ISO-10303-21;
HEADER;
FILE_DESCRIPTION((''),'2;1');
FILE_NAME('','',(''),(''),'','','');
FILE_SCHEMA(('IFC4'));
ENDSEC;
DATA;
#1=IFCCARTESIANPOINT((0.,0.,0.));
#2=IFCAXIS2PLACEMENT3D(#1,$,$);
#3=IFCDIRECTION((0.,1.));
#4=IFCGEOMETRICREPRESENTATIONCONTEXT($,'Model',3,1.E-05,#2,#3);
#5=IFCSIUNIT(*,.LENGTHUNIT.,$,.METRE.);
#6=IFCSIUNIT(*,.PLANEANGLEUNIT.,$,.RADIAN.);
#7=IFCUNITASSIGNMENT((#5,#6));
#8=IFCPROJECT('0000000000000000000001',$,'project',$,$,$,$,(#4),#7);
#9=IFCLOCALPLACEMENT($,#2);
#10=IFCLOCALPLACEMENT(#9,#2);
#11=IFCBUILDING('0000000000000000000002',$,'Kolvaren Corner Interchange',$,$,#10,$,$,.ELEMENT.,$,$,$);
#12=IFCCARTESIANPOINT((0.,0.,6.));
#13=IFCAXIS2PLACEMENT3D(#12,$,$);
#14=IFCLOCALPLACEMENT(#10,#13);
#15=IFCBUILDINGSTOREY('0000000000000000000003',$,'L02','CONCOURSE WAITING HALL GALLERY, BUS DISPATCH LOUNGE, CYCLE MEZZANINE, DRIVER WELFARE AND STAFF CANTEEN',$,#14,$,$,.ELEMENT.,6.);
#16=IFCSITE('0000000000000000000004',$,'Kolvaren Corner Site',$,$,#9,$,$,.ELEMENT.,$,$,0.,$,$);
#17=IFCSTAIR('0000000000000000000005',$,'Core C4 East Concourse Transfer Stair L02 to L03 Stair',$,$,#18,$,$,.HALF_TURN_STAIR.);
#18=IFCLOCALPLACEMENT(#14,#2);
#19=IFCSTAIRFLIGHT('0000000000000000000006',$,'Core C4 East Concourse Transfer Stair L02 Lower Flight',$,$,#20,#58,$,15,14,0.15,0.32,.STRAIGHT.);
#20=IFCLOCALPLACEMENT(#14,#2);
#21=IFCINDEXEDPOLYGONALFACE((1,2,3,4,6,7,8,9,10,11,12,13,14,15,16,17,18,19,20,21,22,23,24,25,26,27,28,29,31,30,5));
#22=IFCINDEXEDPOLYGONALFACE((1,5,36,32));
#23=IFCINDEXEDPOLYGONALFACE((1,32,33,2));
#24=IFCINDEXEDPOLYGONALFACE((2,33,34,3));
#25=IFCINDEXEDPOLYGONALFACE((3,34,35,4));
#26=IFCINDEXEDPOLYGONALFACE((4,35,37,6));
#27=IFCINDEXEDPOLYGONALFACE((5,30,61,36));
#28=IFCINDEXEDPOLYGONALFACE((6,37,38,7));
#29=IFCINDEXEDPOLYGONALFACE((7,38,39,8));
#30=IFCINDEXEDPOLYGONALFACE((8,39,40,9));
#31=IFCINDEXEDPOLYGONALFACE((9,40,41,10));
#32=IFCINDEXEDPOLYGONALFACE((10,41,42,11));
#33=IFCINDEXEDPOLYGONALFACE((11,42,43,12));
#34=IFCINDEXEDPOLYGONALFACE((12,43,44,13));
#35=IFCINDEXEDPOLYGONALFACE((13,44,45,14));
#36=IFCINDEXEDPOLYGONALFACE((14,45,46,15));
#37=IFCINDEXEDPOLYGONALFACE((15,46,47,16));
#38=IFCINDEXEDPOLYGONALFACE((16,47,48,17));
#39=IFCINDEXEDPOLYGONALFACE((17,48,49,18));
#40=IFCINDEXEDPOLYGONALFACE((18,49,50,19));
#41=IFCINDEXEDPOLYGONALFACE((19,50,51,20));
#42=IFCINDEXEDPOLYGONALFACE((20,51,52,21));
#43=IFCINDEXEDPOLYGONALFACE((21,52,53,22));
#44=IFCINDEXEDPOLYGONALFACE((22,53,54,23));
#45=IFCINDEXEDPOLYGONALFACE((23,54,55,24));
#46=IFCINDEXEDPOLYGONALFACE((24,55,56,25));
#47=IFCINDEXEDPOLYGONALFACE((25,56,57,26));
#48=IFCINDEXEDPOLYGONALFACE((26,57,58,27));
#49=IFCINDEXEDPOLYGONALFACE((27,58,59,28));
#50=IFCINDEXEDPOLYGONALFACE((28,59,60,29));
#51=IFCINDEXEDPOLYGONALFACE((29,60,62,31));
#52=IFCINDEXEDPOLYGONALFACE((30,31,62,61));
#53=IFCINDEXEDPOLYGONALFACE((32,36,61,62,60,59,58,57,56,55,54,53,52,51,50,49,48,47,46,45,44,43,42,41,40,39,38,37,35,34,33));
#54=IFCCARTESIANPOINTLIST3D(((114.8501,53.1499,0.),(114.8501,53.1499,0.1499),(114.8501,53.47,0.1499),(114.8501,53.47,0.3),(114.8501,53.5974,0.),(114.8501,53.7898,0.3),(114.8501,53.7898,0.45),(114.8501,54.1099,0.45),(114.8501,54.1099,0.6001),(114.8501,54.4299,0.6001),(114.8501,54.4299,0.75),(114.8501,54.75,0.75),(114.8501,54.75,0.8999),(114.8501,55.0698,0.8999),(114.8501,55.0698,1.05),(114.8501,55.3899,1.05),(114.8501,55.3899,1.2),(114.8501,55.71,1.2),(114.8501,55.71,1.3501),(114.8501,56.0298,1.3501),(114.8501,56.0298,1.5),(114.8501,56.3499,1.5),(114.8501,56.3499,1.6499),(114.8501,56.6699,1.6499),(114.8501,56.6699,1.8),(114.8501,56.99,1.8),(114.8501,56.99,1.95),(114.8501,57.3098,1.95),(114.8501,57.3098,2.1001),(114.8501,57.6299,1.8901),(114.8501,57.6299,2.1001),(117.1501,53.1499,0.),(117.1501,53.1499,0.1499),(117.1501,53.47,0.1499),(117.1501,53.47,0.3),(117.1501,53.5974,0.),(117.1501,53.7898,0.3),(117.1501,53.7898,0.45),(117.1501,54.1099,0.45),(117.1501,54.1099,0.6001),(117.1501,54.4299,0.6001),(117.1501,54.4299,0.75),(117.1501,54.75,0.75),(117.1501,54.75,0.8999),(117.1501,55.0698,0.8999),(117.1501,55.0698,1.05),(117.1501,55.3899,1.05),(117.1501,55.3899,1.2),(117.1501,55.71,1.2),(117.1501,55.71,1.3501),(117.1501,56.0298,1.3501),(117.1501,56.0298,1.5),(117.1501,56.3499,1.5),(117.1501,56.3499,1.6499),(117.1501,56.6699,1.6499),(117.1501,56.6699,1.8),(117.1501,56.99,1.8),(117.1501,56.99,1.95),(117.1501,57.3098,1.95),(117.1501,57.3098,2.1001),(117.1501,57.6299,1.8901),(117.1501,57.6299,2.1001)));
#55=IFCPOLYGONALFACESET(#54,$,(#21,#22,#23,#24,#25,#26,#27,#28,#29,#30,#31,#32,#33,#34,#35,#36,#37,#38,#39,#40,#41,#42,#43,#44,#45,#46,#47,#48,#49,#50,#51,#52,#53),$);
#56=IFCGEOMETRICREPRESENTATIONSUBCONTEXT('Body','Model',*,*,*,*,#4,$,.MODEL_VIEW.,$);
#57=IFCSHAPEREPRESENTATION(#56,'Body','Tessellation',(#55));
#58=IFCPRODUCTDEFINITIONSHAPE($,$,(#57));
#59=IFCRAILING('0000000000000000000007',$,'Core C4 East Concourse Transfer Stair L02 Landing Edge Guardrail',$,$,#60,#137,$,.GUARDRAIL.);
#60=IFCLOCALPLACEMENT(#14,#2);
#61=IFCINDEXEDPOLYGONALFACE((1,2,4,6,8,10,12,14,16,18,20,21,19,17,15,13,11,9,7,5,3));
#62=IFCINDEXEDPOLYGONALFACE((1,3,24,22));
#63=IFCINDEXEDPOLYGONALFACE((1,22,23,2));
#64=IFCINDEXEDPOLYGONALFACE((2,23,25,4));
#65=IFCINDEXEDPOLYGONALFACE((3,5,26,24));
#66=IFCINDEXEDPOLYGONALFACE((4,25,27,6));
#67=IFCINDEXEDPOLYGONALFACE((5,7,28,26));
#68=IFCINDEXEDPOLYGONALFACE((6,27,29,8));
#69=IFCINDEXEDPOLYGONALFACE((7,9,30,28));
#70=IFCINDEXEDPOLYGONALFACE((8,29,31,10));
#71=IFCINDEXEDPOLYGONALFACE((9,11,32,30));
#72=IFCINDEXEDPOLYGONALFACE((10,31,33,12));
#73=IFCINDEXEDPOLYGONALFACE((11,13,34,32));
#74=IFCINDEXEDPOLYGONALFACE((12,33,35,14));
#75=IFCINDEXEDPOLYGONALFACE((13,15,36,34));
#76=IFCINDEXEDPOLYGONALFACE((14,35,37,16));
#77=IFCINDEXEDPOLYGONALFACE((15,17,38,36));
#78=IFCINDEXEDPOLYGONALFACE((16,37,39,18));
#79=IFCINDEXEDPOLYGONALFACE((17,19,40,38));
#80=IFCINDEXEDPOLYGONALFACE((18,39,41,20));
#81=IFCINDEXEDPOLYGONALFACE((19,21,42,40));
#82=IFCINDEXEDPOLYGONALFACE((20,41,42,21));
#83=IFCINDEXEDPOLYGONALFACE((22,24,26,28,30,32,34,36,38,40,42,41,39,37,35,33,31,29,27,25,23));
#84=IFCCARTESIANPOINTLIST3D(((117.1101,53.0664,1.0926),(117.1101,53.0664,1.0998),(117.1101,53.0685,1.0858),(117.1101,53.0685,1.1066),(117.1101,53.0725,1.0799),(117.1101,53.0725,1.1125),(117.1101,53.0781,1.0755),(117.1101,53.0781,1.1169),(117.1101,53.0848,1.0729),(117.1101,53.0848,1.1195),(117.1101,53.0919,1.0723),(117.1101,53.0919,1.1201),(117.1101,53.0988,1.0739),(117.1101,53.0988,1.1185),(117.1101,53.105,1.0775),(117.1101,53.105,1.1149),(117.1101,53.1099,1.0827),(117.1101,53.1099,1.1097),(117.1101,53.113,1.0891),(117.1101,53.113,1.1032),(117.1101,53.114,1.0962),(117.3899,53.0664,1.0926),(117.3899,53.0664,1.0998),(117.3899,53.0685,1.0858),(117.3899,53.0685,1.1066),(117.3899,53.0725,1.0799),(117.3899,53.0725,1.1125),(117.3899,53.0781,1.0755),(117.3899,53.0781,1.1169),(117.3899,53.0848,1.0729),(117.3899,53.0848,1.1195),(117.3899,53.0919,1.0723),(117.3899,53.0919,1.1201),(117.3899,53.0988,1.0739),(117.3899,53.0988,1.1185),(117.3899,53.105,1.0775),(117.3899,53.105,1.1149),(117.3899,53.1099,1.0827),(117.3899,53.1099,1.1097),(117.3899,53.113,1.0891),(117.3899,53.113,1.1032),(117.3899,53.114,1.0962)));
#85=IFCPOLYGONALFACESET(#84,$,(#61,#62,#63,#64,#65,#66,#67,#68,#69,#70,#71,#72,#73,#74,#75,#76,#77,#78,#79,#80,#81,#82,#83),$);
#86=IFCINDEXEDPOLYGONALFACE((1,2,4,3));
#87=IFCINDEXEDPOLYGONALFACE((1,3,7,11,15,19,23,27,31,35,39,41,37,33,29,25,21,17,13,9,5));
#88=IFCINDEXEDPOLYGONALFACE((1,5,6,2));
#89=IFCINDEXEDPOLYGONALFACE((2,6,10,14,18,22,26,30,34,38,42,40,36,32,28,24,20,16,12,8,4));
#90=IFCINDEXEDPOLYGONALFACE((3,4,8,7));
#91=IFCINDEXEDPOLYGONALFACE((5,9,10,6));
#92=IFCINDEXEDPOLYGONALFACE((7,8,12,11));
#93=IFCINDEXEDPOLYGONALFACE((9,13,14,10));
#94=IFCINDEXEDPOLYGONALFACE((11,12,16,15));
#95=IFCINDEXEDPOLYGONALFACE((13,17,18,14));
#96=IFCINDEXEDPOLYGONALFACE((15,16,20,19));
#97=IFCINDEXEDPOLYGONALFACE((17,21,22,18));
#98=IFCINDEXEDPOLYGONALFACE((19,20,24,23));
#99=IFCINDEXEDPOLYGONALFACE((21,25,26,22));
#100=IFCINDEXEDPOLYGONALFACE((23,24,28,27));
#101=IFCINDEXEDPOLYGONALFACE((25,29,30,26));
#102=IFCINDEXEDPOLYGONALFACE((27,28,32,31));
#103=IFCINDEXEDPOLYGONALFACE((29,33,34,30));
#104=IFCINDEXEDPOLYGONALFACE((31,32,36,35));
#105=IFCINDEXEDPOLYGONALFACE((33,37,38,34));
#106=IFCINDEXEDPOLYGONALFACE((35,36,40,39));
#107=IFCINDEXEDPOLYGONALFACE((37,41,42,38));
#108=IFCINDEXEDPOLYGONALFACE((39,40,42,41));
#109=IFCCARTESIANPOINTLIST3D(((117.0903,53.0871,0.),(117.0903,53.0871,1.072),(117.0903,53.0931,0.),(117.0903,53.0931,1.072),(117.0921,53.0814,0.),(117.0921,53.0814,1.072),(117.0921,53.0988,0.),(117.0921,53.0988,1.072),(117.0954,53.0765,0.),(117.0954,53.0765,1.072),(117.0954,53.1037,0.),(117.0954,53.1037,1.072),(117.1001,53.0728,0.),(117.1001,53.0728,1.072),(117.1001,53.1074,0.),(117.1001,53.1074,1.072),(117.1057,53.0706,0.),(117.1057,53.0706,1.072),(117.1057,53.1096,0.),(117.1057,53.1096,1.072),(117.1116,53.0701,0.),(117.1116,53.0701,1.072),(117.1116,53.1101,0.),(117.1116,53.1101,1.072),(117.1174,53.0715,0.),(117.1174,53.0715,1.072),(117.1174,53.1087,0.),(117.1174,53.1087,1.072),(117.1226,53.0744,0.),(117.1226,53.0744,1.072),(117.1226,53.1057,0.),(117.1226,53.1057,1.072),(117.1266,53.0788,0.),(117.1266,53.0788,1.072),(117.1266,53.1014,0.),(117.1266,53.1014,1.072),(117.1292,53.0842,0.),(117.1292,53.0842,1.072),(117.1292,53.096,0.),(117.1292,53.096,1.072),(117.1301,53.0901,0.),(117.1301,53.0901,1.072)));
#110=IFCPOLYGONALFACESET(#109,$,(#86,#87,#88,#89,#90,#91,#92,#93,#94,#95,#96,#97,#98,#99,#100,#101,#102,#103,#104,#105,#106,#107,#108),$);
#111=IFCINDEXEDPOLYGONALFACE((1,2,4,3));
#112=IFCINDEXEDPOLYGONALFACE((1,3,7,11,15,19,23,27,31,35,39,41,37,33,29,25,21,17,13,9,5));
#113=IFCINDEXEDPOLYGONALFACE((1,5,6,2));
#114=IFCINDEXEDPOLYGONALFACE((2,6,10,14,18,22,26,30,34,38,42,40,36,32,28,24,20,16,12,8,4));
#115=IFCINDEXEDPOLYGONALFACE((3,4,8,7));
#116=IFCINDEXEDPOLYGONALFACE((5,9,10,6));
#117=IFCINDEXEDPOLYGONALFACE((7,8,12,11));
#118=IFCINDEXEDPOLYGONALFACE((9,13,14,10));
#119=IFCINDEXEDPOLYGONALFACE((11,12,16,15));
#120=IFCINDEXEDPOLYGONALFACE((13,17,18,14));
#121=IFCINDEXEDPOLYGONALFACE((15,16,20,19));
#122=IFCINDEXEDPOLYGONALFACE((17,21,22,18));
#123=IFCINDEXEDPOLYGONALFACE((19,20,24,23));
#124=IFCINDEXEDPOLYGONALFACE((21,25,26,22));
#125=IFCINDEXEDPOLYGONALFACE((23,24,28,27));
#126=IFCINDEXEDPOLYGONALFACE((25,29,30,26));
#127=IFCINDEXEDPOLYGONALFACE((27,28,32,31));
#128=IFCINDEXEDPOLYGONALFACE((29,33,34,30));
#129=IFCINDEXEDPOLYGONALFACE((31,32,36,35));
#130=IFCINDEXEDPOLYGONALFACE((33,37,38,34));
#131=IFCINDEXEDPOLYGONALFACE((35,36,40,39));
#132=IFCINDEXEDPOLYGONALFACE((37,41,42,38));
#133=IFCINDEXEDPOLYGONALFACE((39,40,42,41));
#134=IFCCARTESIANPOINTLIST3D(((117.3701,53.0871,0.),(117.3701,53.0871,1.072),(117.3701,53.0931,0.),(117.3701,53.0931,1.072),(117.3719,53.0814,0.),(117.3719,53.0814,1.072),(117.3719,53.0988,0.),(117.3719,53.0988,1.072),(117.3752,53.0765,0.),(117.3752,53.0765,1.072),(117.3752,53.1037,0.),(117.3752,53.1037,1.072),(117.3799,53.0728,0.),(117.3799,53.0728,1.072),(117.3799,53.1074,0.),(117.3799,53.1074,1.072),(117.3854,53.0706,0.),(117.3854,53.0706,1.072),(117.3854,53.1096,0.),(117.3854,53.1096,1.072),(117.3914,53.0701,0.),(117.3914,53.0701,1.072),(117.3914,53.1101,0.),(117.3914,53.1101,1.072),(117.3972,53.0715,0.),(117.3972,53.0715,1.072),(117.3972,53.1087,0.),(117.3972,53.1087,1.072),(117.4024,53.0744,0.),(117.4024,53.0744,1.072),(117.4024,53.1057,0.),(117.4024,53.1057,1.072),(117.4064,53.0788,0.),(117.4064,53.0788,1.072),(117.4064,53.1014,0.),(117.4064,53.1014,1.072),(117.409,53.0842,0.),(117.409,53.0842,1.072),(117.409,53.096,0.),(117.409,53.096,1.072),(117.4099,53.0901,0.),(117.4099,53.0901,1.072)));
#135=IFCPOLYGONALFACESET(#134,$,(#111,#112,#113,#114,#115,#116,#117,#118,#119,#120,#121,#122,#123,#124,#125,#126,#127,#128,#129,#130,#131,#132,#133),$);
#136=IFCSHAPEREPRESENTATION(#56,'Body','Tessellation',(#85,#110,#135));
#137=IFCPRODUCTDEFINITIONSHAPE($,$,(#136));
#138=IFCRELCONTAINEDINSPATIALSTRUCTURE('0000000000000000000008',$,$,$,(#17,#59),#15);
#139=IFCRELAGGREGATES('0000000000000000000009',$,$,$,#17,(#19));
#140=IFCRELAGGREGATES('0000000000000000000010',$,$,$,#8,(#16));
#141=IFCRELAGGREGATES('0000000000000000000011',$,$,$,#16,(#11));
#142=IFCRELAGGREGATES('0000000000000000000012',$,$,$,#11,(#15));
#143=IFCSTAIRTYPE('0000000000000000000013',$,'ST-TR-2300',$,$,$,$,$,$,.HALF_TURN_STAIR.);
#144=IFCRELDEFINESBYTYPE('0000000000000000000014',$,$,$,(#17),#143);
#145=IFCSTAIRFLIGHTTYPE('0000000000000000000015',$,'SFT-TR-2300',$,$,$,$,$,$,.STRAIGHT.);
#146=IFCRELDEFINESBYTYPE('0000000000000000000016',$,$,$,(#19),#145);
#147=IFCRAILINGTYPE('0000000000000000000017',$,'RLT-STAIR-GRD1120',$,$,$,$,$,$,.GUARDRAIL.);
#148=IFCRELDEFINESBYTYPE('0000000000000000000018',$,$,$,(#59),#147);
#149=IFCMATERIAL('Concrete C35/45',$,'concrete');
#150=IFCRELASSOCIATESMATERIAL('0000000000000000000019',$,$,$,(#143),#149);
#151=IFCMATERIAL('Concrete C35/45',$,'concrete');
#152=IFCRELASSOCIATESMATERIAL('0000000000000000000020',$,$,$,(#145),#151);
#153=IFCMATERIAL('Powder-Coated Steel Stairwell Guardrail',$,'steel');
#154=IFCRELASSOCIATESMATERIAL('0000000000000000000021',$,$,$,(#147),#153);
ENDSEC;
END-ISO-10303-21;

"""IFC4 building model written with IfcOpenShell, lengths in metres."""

from ifc_helpers import new_model, si_unit, direction, frame, origin, origin_2d, place, context, subcontext, project, spatial, polyline, circle, outline, extrude, material, type_object, element, aggregate, save


model = new_model("IFC4")

# Units and contexts
model_context = context("Model", 3, precision=1e-05, world=origin(), true_north=direction((0.0, 1.0)))
body_context = subcontext(model_context, "Body", "Model", "MODEL_VIEW")
ifc_project = project(units=[si_unit("LENGTHUNIT", "METRE"), si_unit("PLANEANGLEUNIT", "RADIAN")], contexts=[model_context])

# Site, building, storey
site_placement = place(None, origin())
site = spatial("IfcSite", under=ifc_project, at=site_placement, Name="Kolvaren Corner Site", CompositionType="ELEMENT", RefElevation=0.0)
building_placement = place(site_placement, origin())
building = spatial("IfcBuilding", under=site, at=building_placement, Name="Kolvaren Corner Interchange", CompositionType="ELEMENT")
storey_placement = place(building_placement, frame((0.0, 0.0, 6.0)))
storey = spatial("IfcBuildingStorey", under=building, at=storey_placement, Name="L02", Description="CONCOURSE WAITING HALL GALLERY, BUS DISPATCH LOUNGE, CYCLE MEZZANINE, DRIVER WELFARE AND STAFF CANTEEN", CompositionType="ELEMENT", Elevation=6.0)

# Stair, stair flight
ifc_material_1 = material(Name="Concrete C35/45", Category="concrete")
stair_type_1 = type_object("IfcStairType", Name="ST-TR-2300", PredefinedType="HALF_TURN_STAIR", material=ifc_material_1)
stair_1_placement = place(storey_placement, origin())
stair_1 = element("IfcStair", 1, at=stair_1_placement, inside=storey, type_object=stair_type_1, Name="Core C4 East Concourse Transfer Stair L02 to L03 Stair", PredefinedType="HALF_TURN_STAIR")
ifc_material_2 = material(Name="Concrete C35/45", Category="concrete")
stair_flight_type_1 = type_object("IfcStairFlightType", Name="SFT-TR-2300", PredefinedType="STRAIGHT", material=ifc_material_2)
stair_flight_1_placement = place(storey_placement, frame((116.0, 53.1499, 0.0), z_axis=(0.0, 0.0, 1.0), x_axis=(0.0, 1.0, 0.0)))
stair_flight_1 = element("IfcStairFlight", 2, at=stair_flight_1_placement, type_object=stair_flight_type_1, Name="Core C4 East Concourse Transfer Stair L02 Lower Flight", NumberOfRisers=15, NumberOfTreads=14, PredefinedType="STRAIGHT", RiserHeight=0.15, TreadLength=0.32, context=body_context, shape_type="SweptSolid", body=[
    extrude(outline(polyline([(0.0, 0.0), (0.0, 0.1499), (0.3201, 0.1499), (0.3201, 0.3), (0.6399, 0.3), (0.6399, 0.45), (0.96, 0.45), (0.96, 0.6001), (1.28, 0.6001), (1.28, 0.75), (1.6001, 0.75), (1.6001, 0.8999), (1.9199, 0.8999), (1.9199, 1.05), (2.24, 1.05), (2.24, 1.2), (2.5601, 1.2), (2.5601, 1.3501), (2.8799, 1.3501), (2.8799, 1.5), (3.2, 1.5), (3.2, 1.6499), (3.52, 1.6499), (3.52, 1.8), (3.8401, 1.8), (3.8401, 1.95), (4.1599, 1.95), (4.1599, 2.1001), (4.48, 2.1001), (4.48, 2.25), (4.48, 1.8901), (0.4475, 0.0), (0.0, 0.0)])), frame((0.0, 1.1499, 0.0), z_axis=(0.0, -1.0, 0.0), x_axis=(1.0, 0.0, 0.0)), (0.0, 0.0, 1.0), 2.3),
])

# Railing
ifc_material_3 = material(Name="Powder-Coated Steel Stairwell Guardrail", Category="steel")
railing_type_1 = type_object("IfcRailingType", Name="RLT-STAIR-GRD1120", PredefinedType="GUARDRAIL", material=ifc_material_3)
for number, where, name in (
    (3, (117.1101, 53.0901, 0.0), "Core C4 East Concourse Transfer Stair L02 Landing Edge Guardrail"),
):
    element("IfcRailing", number, at=place(storey_placement, frame(where)), inside=storey, type_object=railing_type_1, Name=name, PredefinedType="GUARDRAIL", context=body_context, shape_type="SweptSolid", body=[
        extrude(circle(Radius=0.0239, at=origin_2d()), frame((0.0, 0.0, 1.0962), z_axis=(1.0, 0.0, 0.0), x_axis=(0.0, 1.0, 0.0)), (0.0, 0.0, 1.0), 0.2798),
        extrude(circle(Radius=0.02, at=origin_2d()), origin(), (0.0, 0.0, 1.0), 1.072),
        extrude(circle(Radius=0.02, at=origin_2d()), frame((0.2798, 0.0, 0.0)), (0.0, 0.0, 1.0), 1.072),
    ])

aggregate(stair_1, [stair_flight_1])

save(model, "model.ifc")
